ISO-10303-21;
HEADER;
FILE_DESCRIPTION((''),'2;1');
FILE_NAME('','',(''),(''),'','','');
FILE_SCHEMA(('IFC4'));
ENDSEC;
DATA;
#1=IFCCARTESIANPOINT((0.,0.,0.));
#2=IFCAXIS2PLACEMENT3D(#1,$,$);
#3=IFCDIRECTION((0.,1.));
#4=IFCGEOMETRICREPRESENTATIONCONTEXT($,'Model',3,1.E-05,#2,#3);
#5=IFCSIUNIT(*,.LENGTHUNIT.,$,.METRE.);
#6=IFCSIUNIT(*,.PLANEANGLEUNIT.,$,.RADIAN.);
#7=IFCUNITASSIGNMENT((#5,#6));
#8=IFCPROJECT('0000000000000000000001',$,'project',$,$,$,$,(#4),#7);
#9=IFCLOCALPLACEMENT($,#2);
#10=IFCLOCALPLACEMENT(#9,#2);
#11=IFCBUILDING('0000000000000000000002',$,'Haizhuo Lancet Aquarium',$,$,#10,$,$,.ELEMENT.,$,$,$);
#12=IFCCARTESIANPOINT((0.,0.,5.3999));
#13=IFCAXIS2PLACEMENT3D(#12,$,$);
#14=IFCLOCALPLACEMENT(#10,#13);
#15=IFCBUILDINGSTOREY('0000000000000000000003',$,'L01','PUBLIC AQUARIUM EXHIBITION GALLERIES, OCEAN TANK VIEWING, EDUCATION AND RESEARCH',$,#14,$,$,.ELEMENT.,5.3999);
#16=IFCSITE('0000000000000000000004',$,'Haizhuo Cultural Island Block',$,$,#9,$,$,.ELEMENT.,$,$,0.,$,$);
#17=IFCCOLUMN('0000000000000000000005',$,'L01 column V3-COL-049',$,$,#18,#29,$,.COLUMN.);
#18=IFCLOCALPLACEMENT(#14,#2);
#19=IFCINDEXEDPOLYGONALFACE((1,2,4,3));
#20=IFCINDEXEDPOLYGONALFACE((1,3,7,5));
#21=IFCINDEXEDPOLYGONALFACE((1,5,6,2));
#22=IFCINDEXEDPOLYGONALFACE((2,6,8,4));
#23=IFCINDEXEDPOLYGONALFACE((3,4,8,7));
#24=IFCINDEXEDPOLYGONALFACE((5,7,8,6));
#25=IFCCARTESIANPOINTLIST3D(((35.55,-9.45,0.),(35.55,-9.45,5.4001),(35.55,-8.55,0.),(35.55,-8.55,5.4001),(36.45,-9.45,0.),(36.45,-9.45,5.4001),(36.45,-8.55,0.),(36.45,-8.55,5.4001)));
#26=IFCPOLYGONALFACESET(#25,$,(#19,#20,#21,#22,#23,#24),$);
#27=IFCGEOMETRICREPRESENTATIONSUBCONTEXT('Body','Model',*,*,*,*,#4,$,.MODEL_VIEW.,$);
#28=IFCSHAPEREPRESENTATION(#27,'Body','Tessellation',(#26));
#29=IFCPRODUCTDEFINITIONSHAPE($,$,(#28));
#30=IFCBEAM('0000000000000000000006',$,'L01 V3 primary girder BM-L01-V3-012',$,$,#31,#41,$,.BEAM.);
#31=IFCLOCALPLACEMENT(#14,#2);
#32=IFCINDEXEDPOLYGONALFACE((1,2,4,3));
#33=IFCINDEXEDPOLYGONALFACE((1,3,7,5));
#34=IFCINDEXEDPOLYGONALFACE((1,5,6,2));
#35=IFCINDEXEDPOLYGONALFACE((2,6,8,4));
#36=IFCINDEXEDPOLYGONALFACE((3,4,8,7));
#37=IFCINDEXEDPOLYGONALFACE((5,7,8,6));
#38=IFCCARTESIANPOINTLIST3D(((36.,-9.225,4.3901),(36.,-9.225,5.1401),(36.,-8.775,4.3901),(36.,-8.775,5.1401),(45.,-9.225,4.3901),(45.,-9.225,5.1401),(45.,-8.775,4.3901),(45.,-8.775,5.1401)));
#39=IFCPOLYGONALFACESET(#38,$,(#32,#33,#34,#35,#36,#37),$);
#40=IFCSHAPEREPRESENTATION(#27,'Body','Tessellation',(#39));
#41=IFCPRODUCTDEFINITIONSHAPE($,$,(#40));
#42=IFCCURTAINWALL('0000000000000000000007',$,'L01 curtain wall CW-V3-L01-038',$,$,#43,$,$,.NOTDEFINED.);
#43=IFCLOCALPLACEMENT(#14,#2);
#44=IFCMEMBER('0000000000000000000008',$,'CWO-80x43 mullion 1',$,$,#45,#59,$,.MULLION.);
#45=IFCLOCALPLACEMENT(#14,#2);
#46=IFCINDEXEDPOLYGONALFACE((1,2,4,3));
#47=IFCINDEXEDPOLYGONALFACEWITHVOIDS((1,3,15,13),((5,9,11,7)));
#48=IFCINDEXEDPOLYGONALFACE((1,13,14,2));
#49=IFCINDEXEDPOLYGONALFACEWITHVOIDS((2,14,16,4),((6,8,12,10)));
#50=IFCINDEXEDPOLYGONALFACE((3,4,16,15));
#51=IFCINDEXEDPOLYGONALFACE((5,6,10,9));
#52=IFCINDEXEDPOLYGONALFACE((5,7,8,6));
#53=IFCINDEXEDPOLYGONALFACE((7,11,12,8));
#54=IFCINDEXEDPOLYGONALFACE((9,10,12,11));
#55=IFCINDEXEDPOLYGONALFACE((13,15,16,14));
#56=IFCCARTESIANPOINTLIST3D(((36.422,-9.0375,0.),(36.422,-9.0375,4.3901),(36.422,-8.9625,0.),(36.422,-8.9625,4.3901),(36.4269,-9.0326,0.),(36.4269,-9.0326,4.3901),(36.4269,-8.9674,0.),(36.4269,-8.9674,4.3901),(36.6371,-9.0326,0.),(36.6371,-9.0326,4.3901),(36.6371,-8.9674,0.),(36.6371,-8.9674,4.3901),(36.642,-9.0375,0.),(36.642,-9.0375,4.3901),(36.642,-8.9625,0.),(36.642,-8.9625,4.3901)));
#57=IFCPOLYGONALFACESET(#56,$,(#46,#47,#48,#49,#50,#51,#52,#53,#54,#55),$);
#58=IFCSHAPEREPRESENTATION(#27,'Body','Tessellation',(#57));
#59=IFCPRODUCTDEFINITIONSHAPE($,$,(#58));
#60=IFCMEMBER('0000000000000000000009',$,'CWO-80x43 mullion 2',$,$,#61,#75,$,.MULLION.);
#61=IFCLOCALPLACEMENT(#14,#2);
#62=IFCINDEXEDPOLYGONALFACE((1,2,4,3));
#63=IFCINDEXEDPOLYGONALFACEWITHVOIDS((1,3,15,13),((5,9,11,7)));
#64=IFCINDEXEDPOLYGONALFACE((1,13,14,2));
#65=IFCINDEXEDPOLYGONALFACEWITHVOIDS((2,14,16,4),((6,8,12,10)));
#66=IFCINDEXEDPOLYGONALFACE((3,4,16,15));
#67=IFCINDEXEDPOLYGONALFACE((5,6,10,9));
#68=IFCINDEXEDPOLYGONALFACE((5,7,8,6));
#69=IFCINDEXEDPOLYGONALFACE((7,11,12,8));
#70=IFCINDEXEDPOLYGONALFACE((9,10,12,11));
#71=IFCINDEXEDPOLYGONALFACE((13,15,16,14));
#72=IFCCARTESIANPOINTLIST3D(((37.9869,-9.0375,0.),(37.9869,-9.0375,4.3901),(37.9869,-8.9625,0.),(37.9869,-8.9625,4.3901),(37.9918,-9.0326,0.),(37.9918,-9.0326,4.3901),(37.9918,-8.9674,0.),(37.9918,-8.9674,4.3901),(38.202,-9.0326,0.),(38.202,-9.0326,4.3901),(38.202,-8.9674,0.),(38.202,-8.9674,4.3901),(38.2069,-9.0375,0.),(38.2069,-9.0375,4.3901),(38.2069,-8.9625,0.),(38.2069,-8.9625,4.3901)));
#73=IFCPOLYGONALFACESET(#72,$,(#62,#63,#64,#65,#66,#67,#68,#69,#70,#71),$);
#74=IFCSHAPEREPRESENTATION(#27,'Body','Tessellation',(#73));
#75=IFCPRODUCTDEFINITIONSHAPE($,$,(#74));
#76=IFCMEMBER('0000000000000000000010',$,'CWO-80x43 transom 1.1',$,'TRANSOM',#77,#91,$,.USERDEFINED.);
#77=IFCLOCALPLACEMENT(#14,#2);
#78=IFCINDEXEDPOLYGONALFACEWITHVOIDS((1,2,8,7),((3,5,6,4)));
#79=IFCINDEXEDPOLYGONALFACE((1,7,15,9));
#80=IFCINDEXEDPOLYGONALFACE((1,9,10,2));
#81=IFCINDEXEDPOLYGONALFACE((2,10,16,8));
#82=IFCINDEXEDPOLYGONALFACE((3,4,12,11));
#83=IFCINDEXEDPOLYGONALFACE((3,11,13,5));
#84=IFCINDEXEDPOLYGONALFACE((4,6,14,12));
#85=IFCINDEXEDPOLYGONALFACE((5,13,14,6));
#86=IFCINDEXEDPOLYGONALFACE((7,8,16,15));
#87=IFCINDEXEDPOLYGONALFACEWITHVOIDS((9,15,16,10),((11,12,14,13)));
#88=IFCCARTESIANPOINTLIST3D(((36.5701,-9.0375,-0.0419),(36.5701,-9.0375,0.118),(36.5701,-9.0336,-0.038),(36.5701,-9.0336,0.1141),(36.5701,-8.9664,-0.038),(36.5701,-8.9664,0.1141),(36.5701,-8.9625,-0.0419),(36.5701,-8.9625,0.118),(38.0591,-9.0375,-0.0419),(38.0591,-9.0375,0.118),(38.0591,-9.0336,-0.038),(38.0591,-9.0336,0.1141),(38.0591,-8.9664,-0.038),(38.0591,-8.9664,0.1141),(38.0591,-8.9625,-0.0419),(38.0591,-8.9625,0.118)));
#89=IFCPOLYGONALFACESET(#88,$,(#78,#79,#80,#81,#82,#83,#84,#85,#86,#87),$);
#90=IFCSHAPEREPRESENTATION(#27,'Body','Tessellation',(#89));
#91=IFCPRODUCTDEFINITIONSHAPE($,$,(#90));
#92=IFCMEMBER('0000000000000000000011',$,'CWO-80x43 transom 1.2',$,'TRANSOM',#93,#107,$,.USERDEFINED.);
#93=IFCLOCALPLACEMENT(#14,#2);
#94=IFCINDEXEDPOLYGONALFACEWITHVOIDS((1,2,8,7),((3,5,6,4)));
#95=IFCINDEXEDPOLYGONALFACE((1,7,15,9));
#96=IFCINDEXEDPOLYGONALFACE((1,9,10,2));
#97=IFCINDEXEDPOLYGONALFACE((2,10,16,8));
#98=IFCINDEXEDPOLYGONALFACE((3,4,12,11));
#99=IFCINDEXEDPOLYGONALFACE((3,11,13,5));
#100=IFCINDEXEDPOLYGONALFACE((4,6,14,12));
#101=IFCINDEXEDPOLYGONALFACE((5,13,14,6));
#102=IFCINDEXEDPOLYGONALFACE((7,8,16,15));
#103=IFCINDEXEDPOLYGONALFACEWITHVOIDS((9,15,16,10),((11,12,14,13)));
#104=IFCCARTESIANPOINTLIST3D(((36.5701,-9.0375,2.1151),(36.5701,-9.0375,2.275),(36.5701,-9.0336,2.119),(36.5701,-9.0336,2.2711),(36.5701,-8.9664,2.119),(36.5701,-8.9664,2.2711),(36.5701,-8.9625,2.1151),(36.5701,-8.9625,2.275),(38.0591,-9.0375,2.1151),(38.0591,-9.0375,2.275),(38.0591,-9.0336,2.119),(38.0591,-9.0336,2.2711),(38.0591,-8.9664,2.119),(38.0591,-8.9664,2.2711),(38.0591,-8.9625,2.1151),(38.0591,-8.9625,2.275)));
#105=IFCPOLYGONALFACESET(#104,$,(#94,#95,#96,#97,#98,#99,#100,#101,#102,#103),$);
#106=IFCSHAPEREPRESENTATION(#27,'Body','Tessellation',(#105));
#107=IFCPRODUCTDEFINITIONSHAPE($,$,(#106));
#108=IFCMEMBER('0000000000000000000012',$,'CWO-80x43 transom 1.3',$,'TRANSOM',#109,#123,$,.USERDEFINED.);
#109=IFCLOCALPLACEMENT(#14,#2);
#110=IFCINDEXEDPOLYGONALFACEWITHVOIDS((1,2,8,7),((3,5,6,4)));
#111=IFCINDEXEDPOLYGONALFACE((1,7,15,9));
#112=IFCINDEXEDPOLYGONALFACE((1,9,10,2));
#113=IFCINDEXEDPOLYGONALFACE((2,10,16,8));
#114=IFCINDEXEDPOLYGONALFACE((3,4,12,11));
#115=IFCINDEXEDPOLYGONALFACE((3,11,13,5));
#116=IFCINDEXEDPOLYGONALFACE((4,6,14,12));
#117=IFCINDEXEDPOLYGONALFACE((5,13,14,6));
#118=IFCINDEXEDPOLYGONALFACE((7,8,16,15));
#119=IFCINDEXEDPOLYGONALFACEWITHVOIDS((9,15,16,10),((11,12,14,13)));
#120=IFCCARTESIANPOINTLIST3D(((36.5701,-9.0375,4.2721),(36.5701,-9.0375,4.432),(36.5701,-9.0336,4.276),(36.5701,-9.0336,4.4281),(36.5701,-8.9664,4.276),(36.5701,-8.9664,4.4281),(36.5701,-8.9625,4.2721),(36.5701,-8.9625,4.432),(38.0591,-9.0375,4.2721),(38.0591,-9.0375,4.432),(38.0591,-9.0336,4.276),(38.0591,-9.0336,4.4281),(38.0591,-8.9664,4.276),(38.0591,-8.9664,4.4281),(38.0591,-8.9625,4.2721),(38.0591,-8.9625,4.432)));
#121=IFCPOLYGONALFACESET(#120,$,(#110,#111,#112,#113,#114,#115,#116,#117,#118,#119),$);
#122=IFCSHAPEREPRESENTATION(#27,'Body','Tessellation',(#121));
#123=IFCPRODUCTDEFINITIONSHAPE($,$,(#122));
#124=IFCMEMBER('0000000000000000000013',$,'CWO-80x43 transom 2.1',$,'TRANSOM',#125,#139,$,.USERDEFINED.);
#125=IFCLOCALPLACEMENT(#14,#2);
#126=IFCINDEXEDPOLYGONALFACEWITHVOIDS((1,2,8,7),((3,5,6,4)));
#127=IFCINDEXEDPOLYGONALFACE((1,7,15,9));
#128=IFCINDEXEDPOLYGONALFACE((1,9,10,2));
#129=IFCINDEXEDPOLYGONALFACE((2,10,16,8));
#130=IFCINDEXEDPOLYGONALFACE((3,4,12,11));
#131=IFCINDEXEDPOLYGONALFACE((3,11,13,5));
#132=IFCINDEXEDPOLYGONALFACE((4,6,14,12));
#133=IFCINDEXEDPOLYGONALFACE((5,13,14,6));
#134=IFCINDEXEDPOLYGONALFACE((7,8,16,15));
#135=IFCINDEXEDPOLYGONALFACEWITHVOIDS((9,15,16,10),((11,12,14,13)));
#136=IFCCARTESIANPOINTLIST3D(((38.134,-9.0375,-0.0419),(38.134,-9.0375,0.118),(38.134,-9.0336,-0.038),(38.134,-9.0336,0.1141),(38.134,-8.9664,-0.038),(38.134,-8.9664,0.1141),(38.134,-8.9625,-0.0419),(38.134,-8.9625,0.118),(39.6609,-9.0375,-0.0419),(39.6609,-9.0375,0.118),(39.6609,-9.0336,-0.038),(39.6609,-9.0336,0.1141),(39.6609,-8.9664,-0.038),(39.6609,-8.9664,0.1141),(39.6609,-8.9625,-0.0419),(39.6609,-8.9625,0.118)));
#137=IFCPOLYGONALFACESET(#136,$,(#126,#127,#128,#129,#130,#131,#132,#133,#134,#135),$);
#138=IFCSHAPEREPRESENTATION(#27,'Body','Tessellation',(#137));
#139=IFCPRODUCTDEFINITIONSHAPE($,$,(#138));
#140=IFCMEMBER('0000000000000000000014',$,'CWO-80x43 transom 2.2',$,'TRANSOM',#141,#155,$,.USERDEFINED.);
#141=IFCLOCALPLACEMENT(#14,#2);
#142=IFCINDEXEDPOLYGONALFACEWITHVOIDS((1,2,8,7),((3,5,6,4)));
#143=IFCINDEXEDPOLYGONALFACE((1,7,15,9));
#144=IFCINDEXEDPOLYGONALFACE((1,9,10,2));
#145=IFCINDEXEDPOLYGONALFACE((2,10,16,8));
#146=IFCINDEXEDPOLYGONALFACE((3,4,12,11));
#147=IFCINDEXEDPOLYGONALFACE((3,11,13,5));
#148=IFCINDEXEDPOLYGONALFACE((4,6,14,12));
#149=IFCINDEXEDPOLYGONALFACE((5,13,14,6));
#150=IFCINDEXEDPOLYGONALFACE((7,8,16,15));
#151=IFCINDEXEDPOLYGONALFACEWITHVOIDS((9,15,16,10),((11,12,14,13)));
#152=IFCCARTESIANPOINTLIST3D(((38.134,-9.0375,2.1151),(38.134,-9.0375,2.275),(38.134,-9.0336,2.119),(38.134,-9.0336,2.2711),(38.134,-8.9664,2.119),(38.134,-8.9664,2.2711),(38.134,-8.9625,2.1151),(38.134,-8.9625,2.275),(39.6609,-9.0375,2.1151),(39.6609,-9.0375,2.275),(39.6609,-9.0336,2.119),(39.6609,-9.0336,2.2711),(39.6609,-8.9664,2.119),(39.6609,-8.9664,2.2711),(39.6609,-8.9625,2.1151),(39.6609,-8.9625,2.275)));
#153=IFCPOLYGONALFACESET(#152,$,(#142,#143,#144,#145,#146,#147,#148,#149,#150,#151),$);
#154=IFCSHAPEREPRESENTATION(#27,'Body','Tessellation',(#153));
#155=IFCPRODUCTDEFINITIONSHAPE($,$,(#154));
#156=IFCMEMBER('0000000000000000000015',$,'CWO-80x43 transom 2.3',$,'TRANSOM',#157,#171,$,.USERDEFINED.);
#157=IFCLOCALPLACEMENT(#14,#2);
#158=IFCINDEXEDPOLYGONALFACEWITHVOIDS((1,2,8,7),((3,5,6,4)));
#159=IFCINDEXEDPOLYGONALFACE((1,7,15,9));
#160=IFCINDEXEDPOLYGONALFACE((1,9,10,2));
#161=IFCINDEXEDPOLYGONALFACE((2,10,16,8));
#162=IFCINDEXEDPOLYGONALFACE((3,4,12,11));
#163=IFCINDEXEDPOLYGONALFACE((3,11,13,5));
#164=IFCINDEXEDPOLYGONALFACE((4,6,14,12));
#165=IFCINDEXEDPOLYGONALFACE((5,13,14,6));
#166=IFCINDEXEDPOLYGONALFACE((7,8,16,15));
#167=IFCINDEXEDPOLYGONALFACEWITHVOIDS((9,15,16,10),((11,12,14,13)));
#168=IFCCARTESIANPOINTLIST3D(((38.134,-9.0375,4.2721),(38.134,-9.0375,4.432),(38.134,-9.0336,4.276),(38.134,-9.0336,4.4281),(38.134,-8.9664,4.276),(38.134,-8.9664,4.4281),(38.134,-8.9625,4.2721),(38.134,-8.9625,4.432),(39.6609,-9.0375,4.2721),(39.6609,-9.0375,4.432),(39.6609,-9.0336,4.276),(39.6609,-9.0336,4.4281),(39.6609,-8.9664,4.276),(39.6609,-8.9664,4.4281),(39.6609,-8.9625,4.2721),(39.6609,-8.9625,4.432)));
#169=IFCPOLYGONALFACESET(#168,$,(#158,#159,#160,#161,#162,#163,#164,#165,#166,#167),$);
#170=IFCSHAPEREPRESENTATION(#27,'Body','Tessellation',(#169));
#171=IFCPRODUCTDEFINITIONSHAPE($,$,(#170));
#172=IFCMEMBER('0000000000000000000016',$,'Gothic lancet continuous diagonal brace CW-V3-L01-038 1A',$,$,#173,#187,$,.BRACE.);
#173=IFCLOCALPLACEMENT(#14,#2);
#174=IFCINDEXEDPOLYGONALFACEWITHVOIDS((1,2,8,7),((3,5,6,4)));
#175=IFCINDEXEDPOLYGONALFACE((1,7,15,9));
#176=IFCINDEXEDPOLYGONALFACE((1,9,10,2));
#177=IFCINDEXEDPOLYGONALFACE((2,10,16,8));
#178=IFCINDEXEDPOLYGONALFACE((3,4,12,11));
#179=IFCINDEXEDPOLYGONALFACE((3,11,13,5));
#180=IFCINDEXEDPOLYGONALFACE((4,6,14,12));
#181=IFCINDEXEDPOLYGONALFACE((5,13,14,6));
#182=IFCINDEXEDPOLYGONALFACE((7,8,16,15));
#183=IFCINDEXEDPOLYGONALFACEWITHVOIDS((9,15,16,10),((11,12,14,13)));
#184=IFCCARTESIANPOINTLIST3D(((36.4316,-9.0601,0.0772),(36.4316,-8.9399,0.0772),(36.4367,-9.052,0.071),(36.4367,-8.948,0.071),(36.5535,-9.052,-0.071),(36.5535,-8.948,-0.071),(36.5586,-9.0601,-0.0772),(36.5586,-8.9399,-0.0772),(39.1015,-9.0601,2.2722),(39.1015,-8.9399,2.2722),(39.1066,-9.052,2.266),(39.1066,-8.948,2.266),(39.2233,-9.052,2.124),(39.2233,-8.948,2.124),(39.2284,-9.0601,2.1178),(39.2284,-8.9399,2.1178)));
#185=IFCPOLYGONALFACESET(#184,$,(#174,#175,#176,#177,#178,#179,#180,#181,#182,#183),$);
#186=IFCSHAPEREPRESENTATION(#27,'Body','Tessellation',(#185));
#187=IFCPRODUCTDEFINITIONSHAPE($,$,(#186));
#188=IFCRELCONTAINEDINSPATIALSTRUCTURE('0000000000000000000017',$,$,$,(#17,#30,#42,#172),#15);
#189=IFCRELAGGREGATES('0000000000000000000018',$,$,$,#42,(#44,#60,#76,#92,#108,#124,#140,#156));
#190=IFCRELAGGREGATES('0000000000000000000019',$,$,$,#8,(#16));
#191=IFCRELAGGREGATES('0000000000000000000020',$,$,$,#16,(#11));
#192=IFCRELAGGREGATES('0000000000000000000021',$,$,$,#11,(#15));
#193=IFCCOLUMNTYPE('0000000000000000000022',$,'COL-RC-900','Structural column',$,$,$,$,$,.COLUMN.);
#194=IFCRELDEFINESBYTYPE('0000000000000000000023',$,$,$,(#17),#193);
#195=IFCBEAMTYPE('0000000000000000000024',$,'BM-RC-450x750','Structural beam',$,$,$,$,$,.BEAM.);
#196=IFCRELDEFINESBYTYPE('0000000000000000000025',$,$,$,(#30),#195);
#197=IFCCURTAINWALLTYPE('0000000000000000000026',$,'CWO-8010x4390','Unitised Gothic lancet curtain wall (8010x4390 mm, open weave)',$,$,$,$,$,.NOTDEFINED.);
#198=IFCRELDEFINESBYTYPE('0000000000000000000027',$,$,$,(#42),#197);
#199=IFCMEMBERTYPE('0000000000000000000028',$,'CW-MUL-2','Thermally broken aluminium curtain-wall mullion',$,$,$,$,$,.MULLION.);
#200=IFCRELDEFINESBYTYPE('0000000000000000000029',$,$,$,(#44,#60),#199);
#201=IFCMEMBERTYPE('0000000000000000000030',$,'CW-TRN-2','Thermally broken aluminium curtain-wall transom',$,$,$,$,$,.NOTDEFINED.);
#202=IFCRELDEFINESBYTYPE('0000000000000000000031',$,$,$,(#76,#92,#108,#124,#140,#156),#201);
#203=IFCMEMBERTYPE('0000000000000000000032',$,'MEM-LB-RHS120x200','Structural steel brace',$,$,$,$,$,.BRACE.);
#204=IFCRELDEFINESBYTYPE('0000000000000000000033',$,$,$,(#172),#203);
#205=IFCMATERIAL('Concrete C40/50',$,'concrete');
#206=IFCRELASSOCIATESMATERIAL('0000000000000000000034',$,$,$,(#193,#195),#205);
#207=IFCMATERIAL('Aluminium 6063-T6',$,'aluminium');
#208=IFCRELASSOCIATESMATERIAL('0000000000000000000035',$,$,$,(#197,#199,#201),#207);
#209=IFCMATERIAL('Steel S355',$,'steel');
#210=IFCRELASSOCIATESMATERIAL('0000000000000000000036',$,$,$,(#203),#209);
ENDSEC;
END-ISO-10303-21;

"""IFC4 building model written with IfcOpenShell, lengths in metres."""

from ifc_helpers import new_model, si_unit, direction, frame, origin, origin_2d, place, context, subcontext, project, spatial, rectangle, hollow_rectangle, extrude, material, material_profile, profile_set, type_object, element, aggregate, save


model = new_model("IFC4")

# Units and contexts
model_context = context("Model", 3, precision=1e-05, world=origin(), true_north=direction((0.0, 1.0)))
body_context = subcontext(model_context, "Body", "Model", "MODEL_VIEW")
ifc_project = project(units=[si_unit("LENGTHUNIT", "METRE"), si_unit("PLANEANGLEUNIT", "RADIAN")], contexts=[model_context])

# Site, building, storey
site_placement = place(None, origin())
site = spatial("IfcSite", under=ifc_project, at=site_placement, Name="Haizhuo Cultural Island Block", CompositionType="ELEMENT", RefElevation=0.0)
building_placement = place(site_placement, origin())
building = spatial("IfcBuilding", under=site, at=building_placement, Name="Haizhuo Lancet Aquarium", CompositionType="ELEMENT")
storey_placement = place(building_placement, frame((0.0, 0.0, 5.3999)))
storey = spatial("IfcBuildingStorey", under=building, at=storey_placement, Name="L01", Description="PUBLIC AQUARIUM EXHIBITION GALLERIES, OCEAN TANK VIEWING, EDUCATION AND RESEARCH", CompositionType="ELEMENT", Elevation=5.3999)

# Column
ifc_material_1 = material(Name="Concrete C40/50", Category="concrete")
ifc_material_profile_1 = material_profile(ifc_material_1, rectangle(XDim=0.8999, YDim=0.8999, at=origin_2d()), Name="RC-COL 900x900")
ifc_profile_set_1 = profile_set([ifc_material_profile_1], Name="Concrete C40/50")
column_type = type_object("IfcColumnType", Name="COL-RC-900", Description="Structural column", PredefinedType="COLUMN", material=ifc_profile_set_1)
column_placement = place(storey_placement, frame((36.0, -9.0, 0.0), z_axis=(0.0, 0.0, 1.0), x_axis=(1.0, 0.0, 0.0)))
element("IfcColumn", 1, at=column_placement, inside=storey, type_object=column_type, Name="L01 column V3-COL-049", PredefinedType="COLUMN", context=body_context, shape_type="SweptSolid", body=[
    extrude(rectangle(XDim=0.8999, YDim=0.8999, at=origin_2d()), origin(), (0.0, 0.0, 1.0), 5.4001),
])

# Beam
ifc_material_profile_2 = material_profile(ifc_material_1, rectangle(XDim=0.45, YDim=0.75, at=origin_2d()), Name="RC-BM 450x750")
ifc_profile_set_2 = profile_set([ifc_material_profile_2], Name="Concrete C40/50")
beam_type = type_object("IfcBeamType", Name="BM-RC-450x750", Description="Structural beam", PredefinedType="BEAM", material=ifc_profile_set_2)
beam_placement = place(storey_placement, frame((36.0, -9.0, 4.7651), z_axis=(1.0, 0.0, 0.0), x_axis=(0.0, 1.0, 0.0)))
element("IfcBeam", 2, at=beam_placement, inside=storey, type_object=beam_type, Name="L01 V3 primary girder BM-L01-V3-012", PredefinedType="BEAM", context=body_context, shape_type="SweptSolid", body=[
    extrude(rectangle(XDim=0.45, YDim=0.75, at=origin_2d()), origin(), (0.0, 0.0, 1.0), 9.0),
])

# Curtain wall, members
ifc_material_2 = material(Name="Aluminium 6063-T6", Category="aluminium")
curtain_wall_type = type_object("IfcCurtainWallType", Name="CWO-8010x4390", Description="Unitised Gothic lancet curtain wall (8010x4390 mm, open weave)", PredefinedType="NOTDEFINED", material=ifc_material_2)
curtain_wall_placement = place(storey_placement, origin())
curtain_wall = element("IfcCurtainWall", 3, at=curtain_wall_placement, inside=storey, type_object=curtain_wall_type, Name="L01 curtain wall CW-V3-L01-038", PredefinedType="NOTDEFINED")
ifc_material_profile_3 = material_profile(ifc_material_2, hollow_rectangle(XDim=0.075, YDim=0.22, WallThickness=0.0049, at=origin_2d()), Name="ALU-M 75x220x5")
ifc_profile_set_3 = profile_set([ifc_material_profile_3], Name="Aluminium 6063-T6")
member_type_1 = type_object("IfcMemberType", Name="CW-MUL-2", Description="Thermally broken aluminium curtain-wall mullion", PredefinedType="MULLION", material=ifc_profile_set_3)
member_1_placement = place(storey_placement, frame((36.532, -9.0, 0.0), z_axis=(0.0, 0.0, 1.0), x_axis=(0.0, 1.0, 0.0)))
member_1 = element("IfcMember", 4, at=member_1_placement, type_object=member_type_1, Name="CWO-80x43 mullion 1", PredefinedType="MULLION", context=body_context, shape_type="SweptSolid", body=[
    extrude(hollow_rectangle(XDim=0.075, YDim=0.22, WallThickness=0.0049, at=origin_2d()), origin(), (0.0, 0.0, 1.0), 4.3901),
])
member_2_placement = place(storey_placement, frame((38.0969, -9.0, 0.0), z_axis=(0.0, 0.0, 1.0), x_axis=(0.0, 1.0, 0.0)))
member_2 = element("IfcMember", 5, at=member_2_placement, type_object=member_type_1, Name="CWO-80x43 mullion 2", PredefinedType="MULLION", context=body_context, shape_type="SweptSolid", body=[
    extrude(hollow_rectangle(XDim=0.075, YDim=0.22, WallThickness=0.0049, at=origin_2d()), origin(), (0.0, 0.0, 1.0), 4.3901),
])
ifc_material_profile_4 = material_profile(ifc_material_2, hollow_rectangle(XDim=0.075, YDim=0.1599, WallThickness=0.0039, at=origin_2d()), Name="ALU-T 75x160x4")
ifc_profile_set_4 = profile_set([ifc_material_profile_4], Name="Aluminium 6063-T6")
member_type_2 = type_object("IfcMemberType", Name="CW-TRN-2", Description="Thermally broken aluminium curtain-wall transom", PredefinedType="NOTDEFINED", material=ifc_profile_set_4)
member_3_placement = place(storey_placement, frame((36.5701, -9.0, 0.0381), z_axis=(1.0, 0.0, 0.0), x_axis=(0.0, 1.0, 0.0)))
member_3 = element("IfcMember", 6, at=member_3_placement, type_object=member_type_2, Name="CWO-80x43 transom 1.1", ObjectType="TRANSOM", PredefinedType="USERDEFINED", context=body_context, shape_type="SweptSolid", body=[
    extrude(hollow_rectangle(XDim=0.075, YDim=0.1599, WallThickness=0.0039, at=origin_2d()), origin(), (0.0, 0.0, 1.0), 1.489),
])
member_4_placement = place(storey_placement, frame((36.5701, -9.0, 2.1951), z_axis=(1.0, 0.0, 0.0), x_axis=(0.0, 1.0, 0.0)))
member_4 = element("IfcMember", 7, at=member_4_placement, type_object=member_type_2, Name="CWO-80x43 transom 1.2", ObjectType="TRANSOM", PredefinedType="USERDEFINED", context=body_context, shape_type="SweptSolid", body=[
    extrude(hollow_rectangle(XDim=0.075, YDim=0.1599, WallThickness=0.0039, at=origin_2d()), origin(), (0.0, 0.0, 1.0), 1.489),
])
member_5_placement = place(storey_placement, frame((36.5701, -9.0, 4.3521), z_axis=(1.0, 0.0, 0.0), x_axis=(0.0, 1.0, 0.0)))
member_5 = element("IfcMember", 8, at=member_5_placement, type_object=member_type_2, Name="CWO-80x43 transom 1.3", ObjectType="TRANSOM", PredefinedType="USERDEFINED", context=body_context, shape_type="SweptSolid", body=[
    extrude(hollow_rectangle(XDim=0.075, YDim=0.1599, WallThickness=0.0039, at=origin_2d()), origin(), (0.0, 0.0, 1.0), 1.489),
])
member_6_placement = place(storey_placement, frame((38.134, -9.0, 0.0381), z_axis=(1.0, 0.0, 0.0), x_axis=(0.0, 1.0, 0.0)))
member_6 = element("IfcMember", 9, at=member_6_placement, type_object=member_type_2, Name="CWO-80x43 transom 2.1", ObjectType="TRANSOM", PredefinedType="USERDEFINED", context=body_context, shape_type="SweptSolid", body=[
    extrude(hollow_rectangle(XDim=0.075, YDim=0.1599, WallThickness=0.0039, at=origin_2d()), origin(), (0.0, 0.0, 1.0), 1.5269),
])
member_7_placement = place(storey_placement, frame((38.134, -9.0, 2.1951), z_axis=(1.0, 0.0, 0.0), x_axis=(0.0, 1.0, 0.0)))
member_7 = element("IfcMember", 10, at=member_7_placement, type_object=member_type_2, Name="CWO-80x43 transom 2.2", ObjectType="TRANSOM", PredefinedType="USERDEFINED", context=body_context, shape_type="SweptSolid", body=[
    extrude(hollow_rectangle(XDim=0.075, YDim=0.1599, WallThickness=0.0039, at=origin_2d()), origin(), (0.0, 0.0, 1.0), 1.5269),
])
member_8_placement = place(storey_placement, frame((38.134, -9.0, 4.3521), z_axis=(1.0, 0.0, 0.0), x_axis=(0.0, 1.0, 0.0)))
member_8 = element("IfcMember", 11, at=member_8_placement, type_object=member_type_2, Name="CWO-80x43 transom 2.3", ObjectType="TRANSOM", PredefinedType="USERDEFINED", context=body_context, shape_type="SweptSolid", body=[
    extrude(hollow_rectangle(XDim=0.075, YDim=0.1599, WallThickness=0.0039, at=origin_2d()), origin(), (0.0, 0.0, 1.0), 1.5269),
])

# Member
ifc_material_3 = material(Name="Steel S355", Category="steel")
ifc_material_profile_5 = material_profile(ifc_material_3, hollow_rectangle(XDim=0.1201, YDim=0.2, WallThickness=0.0081, at=origin_2d()), Name="RHS 120x200x8")
ifc_profile_set_5 = profile_set([ifc_material_profile_5], Name="Steel S355")
member_type_3 = type_object("IfcMemberType", Name="MEM-LB-RHS120x200", Description="Structural steel brace", PredefinedType="BRACE", material=ifc_profile_set_5)
member_9_placement = place(storey_placement, frame((36.4951, -9.0, 0.0), z_axis=(0.772454, 0.0, 0.635071), x_axis=(0.0, 1.0, 0.0)))
element("IfcMember", 12, at=member_9_placement, inside=storey, type_object=member_type_3, Name="Gothic lancet continuous diagonal brace CW-V3-L01-038 1A", PredefinedType="BRACE", context=body_context, shape_type="SweptSolid", body=[
    extrude(hollow_rectangle(XDim=0.1201, YDim=0.2, WallThickness=0.0081, at=origin_2d()), origin(), (0.0, 0.0, 1.0), 3.4563),
])

aggregate(curtain_wall, [member_1, member_2, member_3, member_4, member_5, member_6, member_7, member_8])

save(model, "model.ifc")
